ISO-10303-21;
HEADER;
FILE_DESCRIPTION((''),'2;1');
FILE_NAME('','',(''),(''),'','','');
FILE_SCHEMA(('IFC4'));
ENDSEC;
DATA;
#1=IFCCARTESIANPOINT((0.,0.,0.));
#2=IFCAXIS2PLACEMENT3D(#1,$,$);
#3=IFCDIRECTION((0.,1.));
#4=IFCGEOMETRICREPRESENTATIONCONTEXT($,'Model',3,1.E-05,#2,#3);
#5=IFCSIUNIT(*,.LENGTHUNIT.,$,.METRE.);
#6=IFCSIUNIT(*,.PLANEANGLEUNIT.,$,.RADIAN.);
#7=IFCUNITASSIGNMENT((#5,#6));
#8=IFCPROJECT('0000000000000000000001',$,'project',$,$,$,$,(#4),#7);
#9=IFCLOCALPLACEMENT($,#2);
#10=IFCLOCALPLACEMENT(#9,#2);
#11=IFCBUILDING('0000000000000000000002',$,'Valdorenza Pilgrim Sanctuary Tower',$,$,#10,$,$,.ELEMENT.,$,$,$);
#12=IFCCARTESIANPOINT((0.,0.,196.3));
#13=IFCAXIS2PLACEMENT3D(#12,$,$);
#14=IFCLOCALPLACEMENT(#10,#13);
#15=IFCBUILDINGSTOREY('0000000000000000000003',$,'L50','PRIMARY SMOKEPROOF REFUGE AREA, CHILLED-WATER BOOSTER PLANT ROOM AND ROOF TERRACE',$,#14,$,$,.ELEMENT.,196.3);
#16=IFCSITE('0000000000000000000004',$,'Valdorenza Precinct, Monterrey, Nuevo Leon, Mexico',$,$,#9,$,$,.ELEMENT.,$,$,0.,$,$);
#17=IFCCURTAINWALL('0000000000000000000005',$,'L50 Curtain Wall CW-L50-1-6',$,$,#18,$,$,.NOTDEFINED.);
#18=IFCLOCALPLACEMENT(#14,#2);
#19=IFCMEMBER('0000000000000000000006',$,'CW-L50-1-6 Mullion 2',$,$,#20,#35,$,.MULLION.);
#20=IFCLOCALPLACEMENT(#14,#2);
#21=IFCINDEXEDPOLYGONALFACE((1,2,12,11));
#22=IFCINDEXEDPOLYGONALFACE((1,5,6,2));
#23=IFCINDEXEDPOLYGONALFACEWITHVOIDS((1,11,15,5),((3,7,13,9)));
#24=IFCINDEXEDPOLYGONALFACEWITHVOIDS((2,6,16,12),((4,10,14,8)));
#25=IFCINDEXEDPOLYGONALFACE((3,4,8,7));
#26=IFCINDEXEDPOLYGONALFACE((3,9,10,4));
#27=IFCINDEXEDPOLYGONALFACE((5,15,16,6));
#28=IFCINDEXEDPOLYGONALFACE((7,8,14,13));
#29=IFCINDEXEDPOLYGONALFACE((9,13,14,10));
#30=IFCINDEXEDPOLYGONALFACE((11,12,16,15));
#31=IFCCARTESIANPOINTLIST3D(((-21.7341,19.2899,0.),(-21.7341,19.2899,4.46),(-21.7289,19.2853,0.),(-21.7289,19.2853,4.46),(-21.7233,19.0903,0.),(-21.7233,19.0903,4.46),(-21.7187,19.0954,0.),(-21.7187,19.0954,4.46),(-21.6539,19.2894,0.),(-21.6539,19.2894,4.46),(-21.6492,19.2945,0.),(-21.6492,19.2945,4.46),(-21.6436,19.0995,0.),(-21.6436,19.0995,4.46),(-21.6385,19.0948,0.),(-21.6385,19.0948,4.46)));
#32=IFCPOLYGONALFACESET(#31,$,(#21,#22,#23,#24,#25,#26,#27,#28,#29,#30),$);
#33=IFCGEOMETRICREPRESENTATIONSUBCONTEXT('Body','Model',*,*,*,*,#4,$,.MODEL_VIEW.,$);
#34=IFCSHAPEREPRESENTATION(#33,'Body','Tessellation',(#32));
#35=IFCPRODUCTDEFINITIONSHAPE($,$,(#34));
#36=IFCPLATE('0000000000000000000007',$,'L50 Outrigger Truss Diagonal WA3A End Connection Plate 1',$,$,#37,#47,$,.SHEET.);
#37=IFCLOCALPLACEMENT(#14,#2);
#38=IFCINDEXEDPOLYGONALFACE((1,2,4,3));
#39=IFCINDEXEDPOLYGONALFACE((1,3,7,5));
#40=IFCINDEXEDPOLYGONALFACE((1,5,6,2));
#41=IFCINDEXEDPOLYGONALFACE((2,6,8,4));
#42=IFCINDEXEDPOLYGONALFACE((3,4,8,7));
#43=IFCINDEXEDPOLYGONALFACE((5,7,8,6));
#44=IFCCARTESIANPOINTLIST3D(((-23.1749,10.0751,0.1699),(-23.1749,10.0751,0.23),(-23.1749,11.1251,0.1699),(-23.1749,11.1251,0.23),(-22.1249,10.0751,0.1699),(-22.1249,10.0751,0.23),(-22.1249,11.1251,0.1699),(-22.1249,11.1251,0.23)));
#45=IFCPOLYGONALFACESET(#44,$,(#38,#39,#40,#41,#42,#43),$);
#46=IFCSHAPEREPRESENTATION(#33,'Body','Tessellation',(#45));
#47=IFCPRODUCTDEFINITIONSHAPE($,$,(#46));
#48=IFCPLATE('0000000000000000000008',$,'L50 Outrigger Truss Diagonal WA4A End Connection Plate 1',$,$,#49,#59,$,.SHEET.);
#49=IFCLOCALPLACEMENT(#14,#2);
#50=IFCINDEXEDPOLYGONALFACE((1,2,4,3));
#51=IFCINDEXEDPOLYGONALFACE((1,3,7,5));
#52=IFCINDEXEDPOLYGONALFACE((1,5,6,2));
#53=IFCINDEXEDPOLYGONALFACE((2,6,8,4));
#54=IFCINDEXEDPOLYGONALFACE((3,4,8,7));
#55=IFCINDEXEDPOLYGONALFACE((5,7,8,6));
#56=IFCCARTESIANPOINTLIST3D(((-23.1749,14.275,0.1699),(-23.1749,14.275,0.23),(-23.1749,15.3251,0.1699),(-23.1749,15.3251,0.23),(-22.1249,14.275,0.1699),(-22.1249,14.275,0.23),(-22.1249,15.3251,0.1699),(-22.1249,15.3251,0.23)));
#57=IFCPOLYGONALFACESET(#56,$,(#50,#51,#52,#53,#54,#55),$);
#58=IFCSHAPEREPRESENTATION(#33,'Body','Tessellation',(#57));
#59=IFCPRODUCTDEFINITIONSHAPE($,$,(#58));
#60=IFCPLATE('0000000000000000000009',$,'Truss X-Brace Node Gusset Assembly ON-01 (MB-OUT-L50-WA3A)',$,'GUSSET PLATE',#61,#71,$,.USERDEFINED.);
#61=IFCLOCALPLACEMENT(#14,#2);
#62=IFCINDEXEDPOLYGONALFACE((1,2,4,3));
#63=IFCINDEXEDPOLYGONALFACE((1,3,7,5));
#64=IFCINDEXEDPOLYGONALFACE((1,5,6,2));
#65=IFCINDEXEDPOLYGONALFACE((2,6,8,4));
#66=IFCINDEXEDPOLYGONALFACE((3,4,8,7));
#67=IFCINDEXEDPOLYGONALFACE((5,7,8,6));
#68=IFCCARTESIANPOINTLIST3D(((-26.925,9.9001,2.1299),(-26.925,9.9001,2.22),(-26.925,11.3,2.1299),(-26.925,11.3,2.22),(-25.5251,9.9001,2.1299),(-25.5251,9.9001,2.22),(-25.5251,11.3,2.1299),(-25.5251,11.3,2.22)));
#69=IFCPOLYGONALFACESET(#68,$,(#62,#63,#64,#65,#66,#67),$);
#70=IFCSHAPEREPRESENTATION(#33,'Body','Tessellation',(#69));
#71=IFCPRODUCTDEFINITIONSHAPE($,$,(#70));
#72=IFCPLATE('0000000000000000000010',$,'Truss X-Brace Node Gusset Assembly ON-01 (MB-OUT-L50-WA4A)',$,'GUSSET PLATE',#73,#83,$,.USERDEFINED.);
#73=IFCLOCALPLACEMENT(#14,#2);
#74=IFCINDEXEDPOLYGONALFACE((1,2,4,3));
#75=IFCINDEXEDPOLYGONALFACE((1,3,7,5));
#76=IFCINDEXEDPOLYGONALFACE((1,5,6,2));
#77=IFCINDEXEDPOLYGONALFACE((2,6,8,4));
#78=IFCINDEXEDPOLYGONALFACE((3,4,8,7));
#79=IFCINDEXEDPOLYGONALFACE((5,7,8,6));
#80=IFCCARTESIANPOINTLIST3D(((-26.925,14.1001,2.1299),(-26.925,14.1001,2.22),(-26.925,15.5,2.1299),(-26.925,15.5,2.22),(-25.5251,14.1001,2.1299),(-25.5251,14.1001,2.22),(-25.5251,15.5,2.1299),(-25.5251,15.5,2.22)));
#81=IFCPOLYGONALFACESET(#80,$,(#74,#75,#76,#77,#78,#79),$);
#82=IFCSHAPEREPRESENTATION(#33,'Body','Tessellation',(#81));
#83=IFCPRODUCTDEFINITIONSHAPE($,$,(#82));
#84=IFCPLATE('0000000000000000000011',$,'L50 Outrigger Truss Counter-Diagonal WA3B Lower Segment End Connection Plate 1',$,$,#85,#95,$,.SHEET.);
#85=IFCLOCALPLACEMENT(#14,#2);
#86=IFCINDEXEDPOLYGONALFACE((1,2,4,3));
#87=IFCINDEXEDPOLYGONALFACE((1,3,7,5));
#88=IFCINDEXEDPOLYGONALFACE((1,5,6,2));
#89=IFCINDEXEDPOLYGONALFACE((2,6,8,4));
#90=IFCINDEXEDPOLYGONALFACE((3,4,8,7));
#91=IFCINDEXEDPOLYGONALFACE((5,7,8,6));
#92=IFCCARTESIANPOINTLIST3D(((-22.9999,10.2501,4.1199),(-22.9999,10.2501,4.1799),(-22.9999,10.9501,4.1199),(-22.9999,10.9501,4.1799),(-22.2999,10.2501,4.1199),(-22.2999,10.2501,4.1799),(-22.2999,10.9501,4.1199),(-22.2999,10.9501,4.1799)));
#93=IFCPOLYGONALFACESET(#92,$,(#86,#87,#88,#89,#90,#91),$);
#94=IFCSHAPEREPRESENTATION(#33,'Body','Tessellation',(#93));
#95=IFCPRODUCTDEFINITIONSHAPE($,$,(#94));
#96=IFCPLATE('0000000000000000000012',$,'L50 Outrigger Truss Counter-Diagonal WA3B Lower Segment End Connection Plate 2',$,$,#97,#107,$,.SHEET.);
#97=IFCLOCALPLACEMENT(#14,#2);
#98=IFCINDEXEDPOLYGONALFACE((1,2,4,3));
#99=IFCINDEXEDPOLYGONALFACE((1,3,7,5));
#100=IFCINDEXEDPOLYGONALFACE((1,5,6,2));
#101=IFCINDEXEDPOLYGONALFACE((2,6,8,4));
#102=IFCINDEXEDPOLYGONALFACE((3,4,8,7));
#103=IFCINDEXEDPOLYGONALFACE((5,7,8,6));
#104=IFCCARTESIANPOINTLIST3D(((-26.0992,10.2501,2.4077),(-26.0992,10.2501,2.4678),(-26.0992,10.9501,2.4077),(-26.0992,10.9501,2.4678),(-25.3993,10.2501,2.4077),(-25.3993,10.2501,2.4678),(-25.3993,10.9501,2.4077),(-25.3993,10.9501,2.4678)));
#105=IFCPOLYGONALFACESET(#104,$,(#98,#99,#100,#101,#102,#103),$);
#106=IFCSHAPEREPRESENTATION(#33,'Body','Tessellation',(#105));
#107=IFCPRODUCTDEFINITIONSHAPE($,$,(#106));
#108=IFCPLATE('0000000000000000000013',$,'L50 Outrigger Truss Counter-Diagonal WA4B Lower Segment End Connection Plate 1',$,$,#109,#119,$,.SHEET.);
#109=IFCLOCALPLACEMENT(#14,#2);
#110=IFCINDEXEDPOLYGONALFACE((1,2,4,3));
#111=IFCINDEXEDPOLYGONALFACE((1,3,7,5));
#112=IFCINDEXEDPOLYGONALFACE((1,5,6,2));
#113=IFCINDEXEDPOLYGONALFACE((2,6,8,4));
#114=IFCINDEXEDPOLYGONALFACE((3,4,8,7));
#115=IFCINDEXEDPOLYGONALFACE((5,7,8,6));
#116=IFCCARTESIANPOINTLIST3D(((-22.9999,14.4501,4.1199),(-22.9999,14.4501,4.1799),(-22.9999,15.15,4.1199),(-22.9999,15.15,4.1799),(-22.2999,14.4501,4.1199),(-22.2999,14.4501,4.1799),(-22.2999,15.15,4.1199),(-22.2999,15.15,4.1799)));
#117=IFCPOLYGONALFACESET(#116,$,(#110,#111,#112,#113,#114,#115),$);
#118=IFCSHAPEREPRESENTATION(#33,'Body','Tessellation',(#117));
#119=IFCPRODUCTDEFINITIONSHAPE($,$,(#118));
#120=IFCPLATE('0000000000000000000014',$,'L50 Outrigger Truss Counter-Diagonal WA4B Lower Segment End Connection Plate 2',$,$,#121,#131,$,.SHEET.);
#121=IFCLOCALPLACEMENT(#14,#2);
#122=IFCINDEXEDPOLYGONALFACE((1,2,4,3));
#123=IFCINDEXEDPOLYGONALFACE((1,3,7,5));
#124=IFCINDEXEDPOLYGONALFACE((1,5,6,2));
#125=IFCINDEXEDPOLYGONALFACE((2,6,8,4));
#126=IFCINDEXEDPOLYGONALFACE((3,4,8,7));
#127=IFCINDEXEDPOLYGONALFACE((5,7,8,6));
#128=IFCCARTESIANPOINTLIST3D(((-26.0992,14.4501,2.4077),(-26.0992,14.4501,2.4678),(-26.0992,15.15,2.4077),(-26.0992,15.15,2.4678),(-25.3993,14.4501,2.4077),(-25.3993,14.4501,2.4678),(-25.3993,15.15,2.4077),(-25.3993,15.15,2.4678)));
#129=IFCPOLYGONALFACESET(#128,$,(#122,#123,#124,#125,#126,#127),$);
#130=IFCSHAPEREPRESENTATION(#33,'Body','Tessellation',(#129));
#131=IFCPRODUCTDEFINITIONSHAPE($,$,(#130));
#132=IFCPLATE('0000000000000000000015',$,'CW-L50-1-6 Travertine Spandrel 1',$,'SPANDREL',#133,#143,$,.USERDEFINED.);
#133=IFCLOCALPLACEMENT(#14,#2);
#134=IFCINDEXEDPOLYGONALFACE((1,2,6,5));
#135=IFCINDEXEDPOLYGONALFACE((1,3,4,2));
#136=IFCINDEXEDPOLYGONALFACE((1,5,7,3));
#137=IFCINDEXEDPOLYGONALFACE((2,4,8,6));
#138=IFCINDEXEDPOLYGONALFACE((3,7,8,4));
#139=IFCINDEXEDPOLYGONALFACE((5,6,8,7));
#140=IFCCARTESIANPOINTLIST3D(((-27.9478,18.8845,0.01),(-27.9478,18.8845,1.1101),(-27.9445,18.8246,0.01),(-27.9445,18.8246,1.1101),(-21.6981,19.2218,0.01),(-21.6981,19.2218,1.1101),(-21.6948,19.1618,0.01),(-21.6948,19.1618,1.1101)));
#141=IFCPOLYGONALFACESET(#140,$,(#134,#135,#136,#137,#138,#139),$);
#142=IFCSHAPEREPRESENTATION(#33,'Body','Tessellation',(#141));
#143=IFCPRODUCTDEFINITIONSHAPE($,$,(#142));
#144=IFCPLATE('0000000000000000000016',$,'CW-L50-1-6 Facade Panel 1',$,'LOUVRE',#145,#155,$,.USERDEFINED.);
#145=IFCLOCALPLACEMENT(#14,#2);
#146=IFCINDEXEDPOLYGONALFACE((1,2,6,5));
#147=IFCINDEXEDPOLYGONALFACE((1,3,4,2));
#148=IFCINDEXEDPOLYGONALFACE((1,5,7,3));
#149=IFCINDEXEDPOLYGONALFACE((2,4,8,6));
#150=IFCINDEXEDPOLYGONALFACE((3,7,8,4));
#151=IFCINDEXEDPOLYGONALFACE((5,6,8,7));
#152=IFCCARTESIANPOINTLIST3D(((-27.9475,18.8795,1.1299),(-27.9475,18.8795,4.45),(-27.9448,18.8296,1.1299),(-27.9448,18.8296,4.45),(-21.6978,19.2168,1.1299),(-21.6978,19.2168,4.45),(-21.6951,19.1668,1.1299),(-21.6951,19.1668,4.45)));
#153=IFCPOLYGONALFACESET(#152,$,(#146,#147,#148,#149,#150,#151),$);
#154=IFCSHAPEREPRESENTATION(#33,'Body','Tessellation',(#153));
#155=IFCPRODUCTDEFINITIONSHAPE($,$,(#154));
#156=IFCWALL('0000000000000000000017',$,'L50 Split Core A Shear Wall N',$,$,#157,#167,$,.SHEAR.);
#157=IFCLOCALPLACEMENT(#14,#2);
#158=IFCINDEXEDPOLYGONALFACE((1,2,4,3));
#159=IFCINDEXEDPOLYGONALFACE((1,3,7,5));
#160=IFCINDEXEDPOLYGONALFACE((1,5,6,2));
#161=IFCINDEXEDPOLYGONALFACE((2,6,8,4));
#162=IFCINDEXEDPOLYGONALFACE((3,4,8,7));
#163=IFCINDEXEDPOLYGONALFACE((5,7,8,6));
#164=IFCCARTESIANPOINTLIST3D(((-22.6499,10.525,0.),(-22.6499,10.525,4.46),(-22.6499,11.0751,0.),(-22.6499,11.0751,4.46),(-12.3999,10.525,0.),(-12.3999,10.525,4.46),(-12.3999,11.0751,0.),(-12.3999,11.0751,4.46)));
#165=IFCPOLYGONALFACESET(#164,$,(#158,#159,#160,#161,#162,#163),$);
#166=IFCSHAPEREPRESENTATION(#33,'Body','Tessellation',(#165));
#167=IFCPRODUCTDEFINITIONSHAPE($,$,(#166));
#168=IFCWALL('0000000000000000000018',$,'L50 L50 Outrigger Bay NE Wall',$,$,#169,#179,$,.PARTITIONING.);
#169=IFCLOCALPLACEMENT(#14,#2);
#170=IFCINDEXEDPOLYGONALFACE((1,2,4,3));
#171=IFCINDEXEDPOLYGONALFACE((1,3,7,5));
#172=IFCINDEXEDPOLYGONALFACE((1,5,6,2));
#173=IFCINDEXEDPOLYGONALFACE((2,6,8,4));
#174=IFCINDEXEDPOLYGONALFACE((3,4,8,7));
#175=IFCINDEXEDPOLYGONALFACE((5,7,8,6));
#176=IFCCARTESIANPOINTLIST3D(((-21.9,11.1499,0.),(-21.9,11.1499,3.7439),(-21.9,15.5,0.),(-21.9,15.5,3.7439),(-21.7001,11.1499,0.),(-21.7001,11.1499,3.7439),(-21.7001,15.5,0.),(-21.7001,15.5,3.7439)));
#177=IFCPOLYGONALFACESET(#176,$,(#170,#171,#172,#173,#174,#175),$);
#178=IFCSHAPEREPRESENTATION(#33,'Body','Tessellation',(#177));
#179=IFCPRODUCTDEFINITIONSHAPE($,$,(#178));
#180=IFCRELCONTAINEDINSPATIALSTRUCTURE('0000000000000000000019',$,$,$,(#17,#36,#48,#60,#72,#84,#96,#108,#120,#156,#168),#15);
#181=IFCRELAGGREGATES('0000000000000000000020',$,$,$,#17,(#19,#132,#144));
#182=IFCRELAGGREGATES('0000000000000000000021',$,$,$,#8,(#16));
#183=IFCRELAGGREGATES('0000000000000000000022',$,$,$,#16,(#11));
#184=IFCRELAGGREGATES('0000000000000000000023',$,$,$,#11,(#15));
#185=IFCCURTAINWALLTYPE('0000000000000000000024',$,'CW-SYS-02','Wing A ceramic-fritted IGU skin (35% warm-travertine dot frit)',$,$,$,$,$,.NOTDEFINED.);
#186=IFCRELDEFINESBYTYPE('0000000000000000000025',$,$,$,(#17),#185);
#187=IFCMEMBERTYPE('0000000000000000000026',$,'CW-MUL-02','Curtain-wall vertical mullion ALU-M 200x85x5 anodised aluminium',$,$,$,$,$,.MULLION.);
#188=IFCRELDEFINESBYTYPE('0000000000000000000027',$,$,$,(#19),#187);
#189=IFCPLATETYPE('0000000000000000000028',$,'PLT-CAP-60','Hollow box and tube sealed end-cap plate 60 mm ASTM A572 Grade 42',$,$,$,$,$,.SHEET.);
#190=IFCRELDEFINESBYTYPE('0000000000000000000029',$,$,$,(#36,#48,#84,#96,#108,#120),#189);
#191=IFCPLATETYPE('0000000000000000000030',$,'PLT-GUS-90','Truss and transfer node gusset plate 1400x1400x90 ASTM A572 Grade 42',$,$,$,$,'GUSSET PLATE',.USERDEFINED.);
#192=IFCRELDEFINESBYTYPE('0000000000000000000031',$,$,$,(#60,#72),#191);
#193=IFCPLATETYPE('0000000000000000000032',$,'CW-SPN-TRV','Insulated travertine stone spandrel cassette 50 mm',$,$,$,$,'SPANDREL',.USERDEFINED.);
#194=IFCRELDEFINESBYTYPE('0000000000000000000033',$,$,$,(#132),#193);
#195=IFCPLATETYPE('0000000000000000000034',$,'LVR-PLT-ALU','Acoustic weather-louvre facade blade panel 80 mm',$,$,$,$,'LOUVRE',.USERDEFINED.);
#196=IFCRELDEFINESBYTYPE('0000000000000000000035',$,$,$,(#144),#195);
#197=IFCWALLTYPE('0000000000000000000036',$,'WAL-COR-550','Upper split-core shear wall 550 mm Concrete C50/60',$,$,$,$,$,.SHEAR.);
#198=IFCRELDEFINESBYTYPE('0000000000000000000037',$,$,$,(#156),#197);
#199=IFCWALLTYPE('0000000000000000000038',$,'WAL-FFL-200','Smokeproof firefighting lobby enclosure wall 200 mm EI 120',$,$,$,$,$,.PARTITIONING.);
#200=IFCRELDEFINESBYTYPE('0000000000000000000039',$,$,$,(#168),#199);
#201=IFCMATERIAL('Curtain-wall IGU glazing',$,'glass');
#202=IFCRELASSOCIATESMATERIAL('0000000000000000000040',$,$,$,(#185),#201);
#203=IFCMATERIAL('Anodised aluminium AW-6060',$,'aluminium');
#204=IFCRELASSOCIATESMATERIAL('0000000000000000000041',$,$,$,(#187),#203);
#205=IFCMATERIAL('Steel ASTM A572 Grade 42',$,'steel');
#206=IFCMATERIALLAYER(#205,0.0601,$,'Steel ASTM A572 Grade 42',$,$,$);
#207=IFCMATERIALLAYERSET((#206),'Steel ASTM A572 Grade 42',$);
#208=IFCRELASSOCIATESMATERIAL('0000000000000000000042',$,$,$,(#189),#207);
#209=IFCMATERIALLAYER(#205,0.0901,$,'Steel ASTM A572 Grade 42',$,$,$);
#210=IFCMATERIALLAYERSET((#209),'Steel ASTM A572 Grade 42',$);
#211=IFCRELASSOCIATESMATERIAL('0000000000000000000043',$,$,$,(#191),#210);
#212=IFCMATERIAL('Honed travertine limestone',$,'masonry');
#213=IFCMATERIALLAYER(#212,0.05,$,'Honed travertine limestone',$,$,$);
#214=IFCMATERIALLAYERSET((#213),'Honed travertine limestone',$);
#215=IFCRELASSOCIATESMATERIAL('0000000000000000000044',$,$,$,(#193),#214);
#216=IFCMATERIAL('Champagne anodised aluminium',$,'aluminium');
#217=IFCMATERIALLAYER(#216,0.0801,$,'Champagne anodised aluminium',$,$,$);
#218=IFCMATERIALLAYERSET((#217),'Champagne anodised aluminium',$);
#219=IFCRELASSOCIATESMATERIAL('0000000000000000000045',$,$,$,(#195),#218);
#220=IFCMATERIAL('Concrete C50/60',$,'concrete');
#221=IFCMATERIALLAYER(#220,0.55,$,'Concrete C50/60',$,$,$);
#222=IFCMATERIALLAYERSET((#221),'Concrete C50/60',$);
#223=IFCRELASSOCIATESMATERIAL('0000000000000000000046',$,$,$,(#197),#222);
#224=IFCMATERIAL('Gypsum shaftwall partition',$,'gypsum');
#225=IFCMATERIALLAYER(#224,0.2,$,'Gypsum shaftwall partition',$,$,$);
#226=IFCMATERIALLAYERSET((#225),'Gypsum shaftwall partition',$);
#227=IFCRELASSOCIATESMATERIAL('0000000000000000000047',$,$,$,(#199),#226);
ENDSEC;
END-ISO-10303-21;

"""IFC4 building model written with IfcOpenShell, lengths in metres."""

from ifc_helpers import new_model, si_unit, direction, frame, frame_2d, origin, origin_2d, place, context, subcontext, project, spatial, rectangle, hollow_rectangle, extrude, source, transform, mapped, material, layer, layer_set, material_profile, profile_set, type_object, element, aggregate, save


model = new_model("IFC4")

# Units and contexts
model_context = context("Model", 3, precision=1e-05, world=origin(), true_north=direction((0.0, 1.0)))
body_context = subcontext(model_context, "Body", "Model", "MODEL_VIEW")
ifc_project = project(units=[si_unit("LENGTHUNIT", "METRE"), si_unit("PLANEANGLEUNIT", "RADIAN")], contexts=[model_context])

# Site, building, storey
site_placement = place(None, origin())
site = spatial("IfcSite", under=ifc_project, at=site_placement, Name="Valdorenza Precinct, Monterrey, Nuevo Leon, Mexico", CompositionType="ELEMENT", RefElevation=0.0)
building_placement = place(site_placement, origin())
building = spatial("IfcBuilding", under=site, at=building_placement, Name="Valdorenza Pilgrim Sanctuary Tower", CompositionType="ELEMENT")
storey_placement = place(building_placement, frame((0.0, 0.0, 196.3)))
storey = spatial("IfcBuildingStorey", under=building, at=storey_placement, Name="L50", Description="PRIMARY SMOKEPROOF REFUGE AREA, CHILLED-WATER BOOSTER PLANT ROOM AND ROOF TERRACE", CompositionType="ELEMENT", Elevation=196.3)

# Shared definitions
ifc_material_1 = material(Name="Concrete C50/60", Category="concrete")

# Shared definitions
ifc_material_2 = material(Name="Steel ASTM A572 Grade 42", Category="steel")

# Curtain wall, member
ifc_material_3 = material(Name="Curtain-wall IGU glazing", Category="glass")
curtain_wall_type = type_object("IfcCurtainWallType", Name="CW-SYS-02", Description="Wing A ceramic-fritted IGU skin (35% warm-travertine dot frit)", PredefinedType="NOTDEFINED", material=ifc_material_3)
curtain_wall_placement = place(storey_placement, origin())
curtain_wall = element("IfcCurtainWall", 1, at=curtain_wall_placement, inside=storey, type_object=curtain_wall_type, Name="L50 Curtain Wall CW-L50-1-6", PredefinedType="NOTDEFINED")
ifc_material_4 = material(Name="Anodised aluminium AW-6060", Category="aluminium")
ifc_material_profile_1 = material_profile(ifc_material_4, hollow_rectangle(XDim=0.085, YDim=0.2, WallThickness=0.0049, at=origin_2d()), Name="ALU-M 200x85x5")
ifc_profile_set_1 = profile_set([ifc_material_profile_1], Name="Anodised aluminium AW-6060")
member_type_1 = type_object("IfcMemberType", Name="CW-MUL-02", Description="Curtain-wall vertical mullion ALU-M 200x85x5 anodised aluminium", PredefinedType="MULLION", material=ifc_profile_set_1)
shared_shape_1 = source(origin(), body_context, "Body", "SweptSolid", [
    extrude(hollow_rectangle(XDim=0.085, YDim=0.2, WallThickness=0.0049, at=origin_2d()), origin(), (0.0, 0.0, 1.0), 4.46),
])
member_placement = place(storey_placement, frame((-21.6863, 19.1924, 0.0), z_axis=(0.0, 0.0, 1.0), x_axis=(0.998547, 0.053887, 0.0)))
member = element("IfcMember", 2, at=member_placement, type_object=member_type_1, Name="CW-L50-1-6 Mullion 2", PredefinedType="MULLION", context=body_context, shape_type="MappedRepresentation", body=[
    mapped(shared_shape_1, transform((0.0, 0.0, 0.0), x_axis=(1.0, 0.0, 0.0), y_axis=(0.0, 1.0, 0.0), z_axis=(0.0, 0.0, 1.0), scale=1.0)),
])

# Plates
ifc_layer_1 = layer(ifc_material_2, 0.0601, Name="Steel ASTM A572 Grade 42")
ifc_layer_set_1 = layer_set([ifc_layer_1], Name="Steel ASTM A572 Grade 42")
plate_type_1 = type_object("IfcPlateType", Name="PLT-CAP-60", Description="Hollow box and tube sealed end-cap plate 60 mm ASTM A572 Grade 42", PredefinedType="SHEET", material=ifc_layer_set_1)
shared_shape_2 = source(origin(), body_context, "Body", "SweptSolid", [
    extrude(rectangle(XDim=1.05, YDim=1.05, at=origin_2d()), origin(), (0.0, 0.0, 1.0), 0.0601),
])
for number, where, z_axis, x_axis, name in (
    (3, (-22.6499, 10.6001, 0.1699), (0.0, 0.0, 1.0), (1.0, 0.0, 0.0), "L50 Outrigger Truss Diagonal WA3A End Connection Plate 1"),
    (4, (-22.6499, 14.8, 0.1699), (0.0, 0.0, 1.0), (1.0, 0.0, 0.0), "L50 Outrigger Truss Diagonal WA4A End Connection Plate 1"),
):
    element("IfcPlate", number, at=place(storey_placement, frame(where, z_axis=z_axis, x_axis=x_axis)), inside=storey, type_object=plate_type_1, Name=name, PredefinedType="SHEET", context=body_context, shape_type="MappedRepresentation", body=[
        mapped(shared_shape_2, transform((0.0, 0.0, 0.0), x_axis=(1.0, 0.0, 0.0), y_axis=(0.0, 1.0, 0.0), z_axis=(0.0, 0.0, 1.0), scale=1.0)),
    ])
ifc_layer_2 = layer(ifc_material_2, 0.0901, Name="Steel ASTM A572 Grade 42")
ifc_layer_set_2 = layer_set([ifc_layer_2], Name="Steel ASTM A572 Grade 42")
plate_type_2 = type_object("IfcPlateType", Name="PLT-GUS-90", Description="Truss and transfer node gusset plate 1400x1400x90 ASTM A572 Grade 42", ElementType="GUSSET PLATE", PredefinedType="USERDEFINED", material=ifc_layer_set_2)
shared_shape_3 = source(origin(), body_context, "Body", "SweptSolid", [
    extrude(rectangle(XDim=1.3999, YDim=1.3999, at=origin_2d()), origin(), (0.0, 0.0, 1.0), 0.0901),
])
for number, where, z_axis, x_axis, name in (
    (5, (-26.2251, 10.6001, 2.1299), (0.0, 0.0, 1.0), (1.0, 0.0, 0.0), "Truss X-Brace Node Gusset Assembly ON-01 (MB-OUT-L50-WA3A)"),
    (6, (-26.2251, 14.8, 2.1299), (0.0, 0.0, 1.0), (1.0, 0.0, 0.0), "Truss X-Brace Node Gusset Assembly ON-01 (MB-OUT-L50-WA4A)"),
):
    element("IfcPlate", number, at=place(storey_placement, frame(where, z_axis=z_axis, x_axis=x_axis)), inside=storey, type_object=plate_type_2, Name=name, ObjectType="GUSSET PLATE", PredefinedType="USERDEFINED", context=body_context, shape_type="MappedRepresentation", body=[
        mapped(shared_shape_3, transform((0.0, 0.0, 0.0), x_axis=(1.0, 0.0, 0.0), y_axis=(0.0, 1.0, 0.0), z_axis=(0.0, 0.0, 1.0), scale=1.0)),
    ])
shared_shape_4 = source(origin(), body_context, "Body", "SweptSolid", [
    extrude(rectangle(XDim=0.7, YDim=0.7, at=origin_2d()), origin(), (0.0, 0.0, 1.0), 0.0601),
])
for number, where, z_axis, x_axis, name in (
    (7, (-22.6499, 10.6001, 4.1199), (0.0, 0.0, 1.0), (1.0, 0.0, 0.0), "L50 Outrigger Truss Counter-Diagonal WA3B Lower Segment End Connection Plate 1"),
    (8, (-25.7493, 10.6001, 2.4077), (0.0, 0.0, 1.0), (1.0, 0.0, 0.0), "L50 Outrigger Truss Counter-Diagonal WA3B Lower Segment End Connection Plate 2"),
    (9, (-22.6499, 14.8, 4.1199), (0.0, 0.0, 1.0), (1.0, 0.0, 0.0), "L50 Outrigger Truss Counter-Diagonal WA4B Lower Segment End Connection Plate 1"),
    (10, (-25.7493, 14.8, 2.4077), (0.0, 0.0, 1.0), (1.0, 0.0, 0.0), "L50 Outrigger Truss Counter-Diagonal WA4B Lower Segment End Connection Plate 2"),
):
    element("IfcPlate", number, at=place(storey_placement, frame(where, z_axis=z_axis, x_axis=x_axis)), inside=storey, type_object=plate_type_1, Name=name, PredefinedType="SHEET", context=body_context, shape_type="MappedRepresentation", body=[
        mapped(shared_shape_4, transform((0.0, 0.0, 0.0), x_axis=(1.0, 0.0, 0.0), y_axis=(0.0, 1.0, 0.0), z_axis=(0.0, 0.0, 1.0), scale=1.0)),
    ])

# Plates
ifc_material_5 = material(Name="Honed travertine limestone", Category="masonry")
ifc_layer_3 = layer(ifc_material_5, 0.05, Name="Honed travertine limestone")
ifc_layer_set_3 = layer_set([ifc_layer_3], Name="Honed travertine limestone")
plate_type_3 = type_object("IfcPlateType", Name="CW-SPN-TRV", Description="Insulated travertine stone spandrel cassette 50 mm", ElementType="SPANDREL", PredefinedType="USERDEFINED", material=ifc_layer_set_3)
shared_shape_5 = source(origin(), body_context, "Body", "SweptSolid", [
    extrude(rectangle(XDim=6.2588, YDim=0.0601, at=origin_2d()), origin(), (0.0, 0.0, 1.0), 1.1001),
])
plate_1_placement = place(storey_placement, frame((-24.8213, 19.0232, 0.01), z_axis=(0.0, 0.0, 1.0), x_axis=(0.998547, 0.053887, 0.0)))
plate_1 = element("IfcPlate", 11, at=plate_1_placement, type_object=plate_type_3, Name="CW-L50-1-6 Travertine Spandrel 1", ObjectType="SPANDREL", PredefinedType="USERDEFINED", context=body_context, shape_type="MappedRepresentation", body=[
    mapped(shared_shape_5, transform((0.0, 0.0, 0.0), x_axis=(1.0, 0.0, 0.0), y_axis=(0.0, 1.0, 0.0), z_axis=(0.0, 0.0, 1.0), scale=1.0)),
])
ifc_material_6 = material(Name="Champagne anodised aluminium", Category="aluminium")
ifc_layer_4 = layer(ifc_material_6, 0.0801, Name="Champagne anodised aluminium")
ifc_layer_set_4 = layer_set([ifc_layer_4], Name="Champagne anodised aluminium")
plate_type_4 = type_object("IfcPlateType", Name="LVR-PLT-ALU", Description="Acoustic weather-louvre facade blade panel 80 mm", ElementType="LOUVRE", PredefinedType="USERDEFINED", material=ifc_layer_set_4)
shared_shape_6 = source(origin(), body_context, "Body", "SweptSolid", [
    extrude(rectangle(XDim=6.2588, YDim=0.05, at=origin_2d()), origin(), (0.0, 0.0, 1.0), 3.3201),
])
plate_2_placement = place(storey_placement, frame((-24.8213, 19.0232, 1.1299), z_axis=(0.0, 0.0, 1.0), x_axis=(0.998547, 0.053887, 0.0)))
plate_2 = element("IfcPlate", 12, at=plate_2_placement, type_object=plate_type_4, Name="CW-L50-1-6 Facade Panel 1", ObjectType="LOUVRE", PredefinedType="USERDEFINED", context=body_context, shape_type="MappedRepresentation", body=[
    mapped(shared_shape_6, transform((0.0, 0.0, 0.0), x_axis=(1.0, 0.0, 0.0), y_axis=(0.0, 1.0, 0.0), z_axis=(0.0, 0.0, 1.0), scale=1.0)),
])
aggregate(curtain_wall, [member, plate_1, plate_2])

# Walls
ifc_layer_5 = layer(ifc_material_1, 0.55, Name="Concrete C50/60")
ifc_layer_set_5 = layer_set([ifc_layer_5], Name="Concrete C50/60")
wall_type_1 = type_object("IfcWallType", Name="WAL-COR-550", Description="Upper split-core shear wall 550 mm Concrete C50/60", PredefinedType="SHEAR", material=ifc_layer_set_5)
wall_1_placement = place(storey_placement, frame((-22.6499, 10.8, 0.0), z_axis=(0.0, 0.0, 1.0), x_axis=(1.0, 0.0, 0.0)))
element("IfcWall", 13, at=wall_1_placement, inside=storey, type_object=wall_type_1, Name="L50 Split Core A Shear Wall N", PredefinedType="SHEAR", context=body_context, shape_type="SweptSolid", body=[
    extrude(rectangle(XDim=10.25, YDim=0.55, at=frame_2d((5.125, 0.0))), origin(), (0.0, 0.0, 1.0), 4.46),
])
ifc_material_7 = material(Name="Gypsum shaftwall partition", Category="gypsum")
ifc_layer_6 = layer(ifc_material_7, 0.2, Name="Gypsum shaftwall partition")
ifc_layer_set_6 = layer_set([ifc_layer_6], Name="Gypsum shaftwall partition")
wall_type_2 = type_object("IfcWallType", Name="WAL-FFL-200", Description="Smokeproof firefighting lobby enclosure wall 200 mm EI 120", PredefinedType="PARTITIONING", material=ifc_layer_set_6)
wall_2_placement = place(storey_placement, frame((-21.8, 11.1499, 0.0), z_axis=(0.0, 0.0, 1.0), x_axis=(0.0, 1.0, 0.0)))
element("IfcWall", 14, at=wall_2_placement, inside=storey, type_object=wall_type_2, Name="L50 L50 Outrigger Bay NE Wall", PredefinedType="PARTITIONING", context=body_context, shape_type="SweptSolid", body=[
    extrude(rectangle(XDim=4.3501, YDim=0.2, at=frame_2d((2.175, 0.0))), origin(), (0.0, 0.0, 1.0), 3.7439),
])

save(model, "model.ifc")
